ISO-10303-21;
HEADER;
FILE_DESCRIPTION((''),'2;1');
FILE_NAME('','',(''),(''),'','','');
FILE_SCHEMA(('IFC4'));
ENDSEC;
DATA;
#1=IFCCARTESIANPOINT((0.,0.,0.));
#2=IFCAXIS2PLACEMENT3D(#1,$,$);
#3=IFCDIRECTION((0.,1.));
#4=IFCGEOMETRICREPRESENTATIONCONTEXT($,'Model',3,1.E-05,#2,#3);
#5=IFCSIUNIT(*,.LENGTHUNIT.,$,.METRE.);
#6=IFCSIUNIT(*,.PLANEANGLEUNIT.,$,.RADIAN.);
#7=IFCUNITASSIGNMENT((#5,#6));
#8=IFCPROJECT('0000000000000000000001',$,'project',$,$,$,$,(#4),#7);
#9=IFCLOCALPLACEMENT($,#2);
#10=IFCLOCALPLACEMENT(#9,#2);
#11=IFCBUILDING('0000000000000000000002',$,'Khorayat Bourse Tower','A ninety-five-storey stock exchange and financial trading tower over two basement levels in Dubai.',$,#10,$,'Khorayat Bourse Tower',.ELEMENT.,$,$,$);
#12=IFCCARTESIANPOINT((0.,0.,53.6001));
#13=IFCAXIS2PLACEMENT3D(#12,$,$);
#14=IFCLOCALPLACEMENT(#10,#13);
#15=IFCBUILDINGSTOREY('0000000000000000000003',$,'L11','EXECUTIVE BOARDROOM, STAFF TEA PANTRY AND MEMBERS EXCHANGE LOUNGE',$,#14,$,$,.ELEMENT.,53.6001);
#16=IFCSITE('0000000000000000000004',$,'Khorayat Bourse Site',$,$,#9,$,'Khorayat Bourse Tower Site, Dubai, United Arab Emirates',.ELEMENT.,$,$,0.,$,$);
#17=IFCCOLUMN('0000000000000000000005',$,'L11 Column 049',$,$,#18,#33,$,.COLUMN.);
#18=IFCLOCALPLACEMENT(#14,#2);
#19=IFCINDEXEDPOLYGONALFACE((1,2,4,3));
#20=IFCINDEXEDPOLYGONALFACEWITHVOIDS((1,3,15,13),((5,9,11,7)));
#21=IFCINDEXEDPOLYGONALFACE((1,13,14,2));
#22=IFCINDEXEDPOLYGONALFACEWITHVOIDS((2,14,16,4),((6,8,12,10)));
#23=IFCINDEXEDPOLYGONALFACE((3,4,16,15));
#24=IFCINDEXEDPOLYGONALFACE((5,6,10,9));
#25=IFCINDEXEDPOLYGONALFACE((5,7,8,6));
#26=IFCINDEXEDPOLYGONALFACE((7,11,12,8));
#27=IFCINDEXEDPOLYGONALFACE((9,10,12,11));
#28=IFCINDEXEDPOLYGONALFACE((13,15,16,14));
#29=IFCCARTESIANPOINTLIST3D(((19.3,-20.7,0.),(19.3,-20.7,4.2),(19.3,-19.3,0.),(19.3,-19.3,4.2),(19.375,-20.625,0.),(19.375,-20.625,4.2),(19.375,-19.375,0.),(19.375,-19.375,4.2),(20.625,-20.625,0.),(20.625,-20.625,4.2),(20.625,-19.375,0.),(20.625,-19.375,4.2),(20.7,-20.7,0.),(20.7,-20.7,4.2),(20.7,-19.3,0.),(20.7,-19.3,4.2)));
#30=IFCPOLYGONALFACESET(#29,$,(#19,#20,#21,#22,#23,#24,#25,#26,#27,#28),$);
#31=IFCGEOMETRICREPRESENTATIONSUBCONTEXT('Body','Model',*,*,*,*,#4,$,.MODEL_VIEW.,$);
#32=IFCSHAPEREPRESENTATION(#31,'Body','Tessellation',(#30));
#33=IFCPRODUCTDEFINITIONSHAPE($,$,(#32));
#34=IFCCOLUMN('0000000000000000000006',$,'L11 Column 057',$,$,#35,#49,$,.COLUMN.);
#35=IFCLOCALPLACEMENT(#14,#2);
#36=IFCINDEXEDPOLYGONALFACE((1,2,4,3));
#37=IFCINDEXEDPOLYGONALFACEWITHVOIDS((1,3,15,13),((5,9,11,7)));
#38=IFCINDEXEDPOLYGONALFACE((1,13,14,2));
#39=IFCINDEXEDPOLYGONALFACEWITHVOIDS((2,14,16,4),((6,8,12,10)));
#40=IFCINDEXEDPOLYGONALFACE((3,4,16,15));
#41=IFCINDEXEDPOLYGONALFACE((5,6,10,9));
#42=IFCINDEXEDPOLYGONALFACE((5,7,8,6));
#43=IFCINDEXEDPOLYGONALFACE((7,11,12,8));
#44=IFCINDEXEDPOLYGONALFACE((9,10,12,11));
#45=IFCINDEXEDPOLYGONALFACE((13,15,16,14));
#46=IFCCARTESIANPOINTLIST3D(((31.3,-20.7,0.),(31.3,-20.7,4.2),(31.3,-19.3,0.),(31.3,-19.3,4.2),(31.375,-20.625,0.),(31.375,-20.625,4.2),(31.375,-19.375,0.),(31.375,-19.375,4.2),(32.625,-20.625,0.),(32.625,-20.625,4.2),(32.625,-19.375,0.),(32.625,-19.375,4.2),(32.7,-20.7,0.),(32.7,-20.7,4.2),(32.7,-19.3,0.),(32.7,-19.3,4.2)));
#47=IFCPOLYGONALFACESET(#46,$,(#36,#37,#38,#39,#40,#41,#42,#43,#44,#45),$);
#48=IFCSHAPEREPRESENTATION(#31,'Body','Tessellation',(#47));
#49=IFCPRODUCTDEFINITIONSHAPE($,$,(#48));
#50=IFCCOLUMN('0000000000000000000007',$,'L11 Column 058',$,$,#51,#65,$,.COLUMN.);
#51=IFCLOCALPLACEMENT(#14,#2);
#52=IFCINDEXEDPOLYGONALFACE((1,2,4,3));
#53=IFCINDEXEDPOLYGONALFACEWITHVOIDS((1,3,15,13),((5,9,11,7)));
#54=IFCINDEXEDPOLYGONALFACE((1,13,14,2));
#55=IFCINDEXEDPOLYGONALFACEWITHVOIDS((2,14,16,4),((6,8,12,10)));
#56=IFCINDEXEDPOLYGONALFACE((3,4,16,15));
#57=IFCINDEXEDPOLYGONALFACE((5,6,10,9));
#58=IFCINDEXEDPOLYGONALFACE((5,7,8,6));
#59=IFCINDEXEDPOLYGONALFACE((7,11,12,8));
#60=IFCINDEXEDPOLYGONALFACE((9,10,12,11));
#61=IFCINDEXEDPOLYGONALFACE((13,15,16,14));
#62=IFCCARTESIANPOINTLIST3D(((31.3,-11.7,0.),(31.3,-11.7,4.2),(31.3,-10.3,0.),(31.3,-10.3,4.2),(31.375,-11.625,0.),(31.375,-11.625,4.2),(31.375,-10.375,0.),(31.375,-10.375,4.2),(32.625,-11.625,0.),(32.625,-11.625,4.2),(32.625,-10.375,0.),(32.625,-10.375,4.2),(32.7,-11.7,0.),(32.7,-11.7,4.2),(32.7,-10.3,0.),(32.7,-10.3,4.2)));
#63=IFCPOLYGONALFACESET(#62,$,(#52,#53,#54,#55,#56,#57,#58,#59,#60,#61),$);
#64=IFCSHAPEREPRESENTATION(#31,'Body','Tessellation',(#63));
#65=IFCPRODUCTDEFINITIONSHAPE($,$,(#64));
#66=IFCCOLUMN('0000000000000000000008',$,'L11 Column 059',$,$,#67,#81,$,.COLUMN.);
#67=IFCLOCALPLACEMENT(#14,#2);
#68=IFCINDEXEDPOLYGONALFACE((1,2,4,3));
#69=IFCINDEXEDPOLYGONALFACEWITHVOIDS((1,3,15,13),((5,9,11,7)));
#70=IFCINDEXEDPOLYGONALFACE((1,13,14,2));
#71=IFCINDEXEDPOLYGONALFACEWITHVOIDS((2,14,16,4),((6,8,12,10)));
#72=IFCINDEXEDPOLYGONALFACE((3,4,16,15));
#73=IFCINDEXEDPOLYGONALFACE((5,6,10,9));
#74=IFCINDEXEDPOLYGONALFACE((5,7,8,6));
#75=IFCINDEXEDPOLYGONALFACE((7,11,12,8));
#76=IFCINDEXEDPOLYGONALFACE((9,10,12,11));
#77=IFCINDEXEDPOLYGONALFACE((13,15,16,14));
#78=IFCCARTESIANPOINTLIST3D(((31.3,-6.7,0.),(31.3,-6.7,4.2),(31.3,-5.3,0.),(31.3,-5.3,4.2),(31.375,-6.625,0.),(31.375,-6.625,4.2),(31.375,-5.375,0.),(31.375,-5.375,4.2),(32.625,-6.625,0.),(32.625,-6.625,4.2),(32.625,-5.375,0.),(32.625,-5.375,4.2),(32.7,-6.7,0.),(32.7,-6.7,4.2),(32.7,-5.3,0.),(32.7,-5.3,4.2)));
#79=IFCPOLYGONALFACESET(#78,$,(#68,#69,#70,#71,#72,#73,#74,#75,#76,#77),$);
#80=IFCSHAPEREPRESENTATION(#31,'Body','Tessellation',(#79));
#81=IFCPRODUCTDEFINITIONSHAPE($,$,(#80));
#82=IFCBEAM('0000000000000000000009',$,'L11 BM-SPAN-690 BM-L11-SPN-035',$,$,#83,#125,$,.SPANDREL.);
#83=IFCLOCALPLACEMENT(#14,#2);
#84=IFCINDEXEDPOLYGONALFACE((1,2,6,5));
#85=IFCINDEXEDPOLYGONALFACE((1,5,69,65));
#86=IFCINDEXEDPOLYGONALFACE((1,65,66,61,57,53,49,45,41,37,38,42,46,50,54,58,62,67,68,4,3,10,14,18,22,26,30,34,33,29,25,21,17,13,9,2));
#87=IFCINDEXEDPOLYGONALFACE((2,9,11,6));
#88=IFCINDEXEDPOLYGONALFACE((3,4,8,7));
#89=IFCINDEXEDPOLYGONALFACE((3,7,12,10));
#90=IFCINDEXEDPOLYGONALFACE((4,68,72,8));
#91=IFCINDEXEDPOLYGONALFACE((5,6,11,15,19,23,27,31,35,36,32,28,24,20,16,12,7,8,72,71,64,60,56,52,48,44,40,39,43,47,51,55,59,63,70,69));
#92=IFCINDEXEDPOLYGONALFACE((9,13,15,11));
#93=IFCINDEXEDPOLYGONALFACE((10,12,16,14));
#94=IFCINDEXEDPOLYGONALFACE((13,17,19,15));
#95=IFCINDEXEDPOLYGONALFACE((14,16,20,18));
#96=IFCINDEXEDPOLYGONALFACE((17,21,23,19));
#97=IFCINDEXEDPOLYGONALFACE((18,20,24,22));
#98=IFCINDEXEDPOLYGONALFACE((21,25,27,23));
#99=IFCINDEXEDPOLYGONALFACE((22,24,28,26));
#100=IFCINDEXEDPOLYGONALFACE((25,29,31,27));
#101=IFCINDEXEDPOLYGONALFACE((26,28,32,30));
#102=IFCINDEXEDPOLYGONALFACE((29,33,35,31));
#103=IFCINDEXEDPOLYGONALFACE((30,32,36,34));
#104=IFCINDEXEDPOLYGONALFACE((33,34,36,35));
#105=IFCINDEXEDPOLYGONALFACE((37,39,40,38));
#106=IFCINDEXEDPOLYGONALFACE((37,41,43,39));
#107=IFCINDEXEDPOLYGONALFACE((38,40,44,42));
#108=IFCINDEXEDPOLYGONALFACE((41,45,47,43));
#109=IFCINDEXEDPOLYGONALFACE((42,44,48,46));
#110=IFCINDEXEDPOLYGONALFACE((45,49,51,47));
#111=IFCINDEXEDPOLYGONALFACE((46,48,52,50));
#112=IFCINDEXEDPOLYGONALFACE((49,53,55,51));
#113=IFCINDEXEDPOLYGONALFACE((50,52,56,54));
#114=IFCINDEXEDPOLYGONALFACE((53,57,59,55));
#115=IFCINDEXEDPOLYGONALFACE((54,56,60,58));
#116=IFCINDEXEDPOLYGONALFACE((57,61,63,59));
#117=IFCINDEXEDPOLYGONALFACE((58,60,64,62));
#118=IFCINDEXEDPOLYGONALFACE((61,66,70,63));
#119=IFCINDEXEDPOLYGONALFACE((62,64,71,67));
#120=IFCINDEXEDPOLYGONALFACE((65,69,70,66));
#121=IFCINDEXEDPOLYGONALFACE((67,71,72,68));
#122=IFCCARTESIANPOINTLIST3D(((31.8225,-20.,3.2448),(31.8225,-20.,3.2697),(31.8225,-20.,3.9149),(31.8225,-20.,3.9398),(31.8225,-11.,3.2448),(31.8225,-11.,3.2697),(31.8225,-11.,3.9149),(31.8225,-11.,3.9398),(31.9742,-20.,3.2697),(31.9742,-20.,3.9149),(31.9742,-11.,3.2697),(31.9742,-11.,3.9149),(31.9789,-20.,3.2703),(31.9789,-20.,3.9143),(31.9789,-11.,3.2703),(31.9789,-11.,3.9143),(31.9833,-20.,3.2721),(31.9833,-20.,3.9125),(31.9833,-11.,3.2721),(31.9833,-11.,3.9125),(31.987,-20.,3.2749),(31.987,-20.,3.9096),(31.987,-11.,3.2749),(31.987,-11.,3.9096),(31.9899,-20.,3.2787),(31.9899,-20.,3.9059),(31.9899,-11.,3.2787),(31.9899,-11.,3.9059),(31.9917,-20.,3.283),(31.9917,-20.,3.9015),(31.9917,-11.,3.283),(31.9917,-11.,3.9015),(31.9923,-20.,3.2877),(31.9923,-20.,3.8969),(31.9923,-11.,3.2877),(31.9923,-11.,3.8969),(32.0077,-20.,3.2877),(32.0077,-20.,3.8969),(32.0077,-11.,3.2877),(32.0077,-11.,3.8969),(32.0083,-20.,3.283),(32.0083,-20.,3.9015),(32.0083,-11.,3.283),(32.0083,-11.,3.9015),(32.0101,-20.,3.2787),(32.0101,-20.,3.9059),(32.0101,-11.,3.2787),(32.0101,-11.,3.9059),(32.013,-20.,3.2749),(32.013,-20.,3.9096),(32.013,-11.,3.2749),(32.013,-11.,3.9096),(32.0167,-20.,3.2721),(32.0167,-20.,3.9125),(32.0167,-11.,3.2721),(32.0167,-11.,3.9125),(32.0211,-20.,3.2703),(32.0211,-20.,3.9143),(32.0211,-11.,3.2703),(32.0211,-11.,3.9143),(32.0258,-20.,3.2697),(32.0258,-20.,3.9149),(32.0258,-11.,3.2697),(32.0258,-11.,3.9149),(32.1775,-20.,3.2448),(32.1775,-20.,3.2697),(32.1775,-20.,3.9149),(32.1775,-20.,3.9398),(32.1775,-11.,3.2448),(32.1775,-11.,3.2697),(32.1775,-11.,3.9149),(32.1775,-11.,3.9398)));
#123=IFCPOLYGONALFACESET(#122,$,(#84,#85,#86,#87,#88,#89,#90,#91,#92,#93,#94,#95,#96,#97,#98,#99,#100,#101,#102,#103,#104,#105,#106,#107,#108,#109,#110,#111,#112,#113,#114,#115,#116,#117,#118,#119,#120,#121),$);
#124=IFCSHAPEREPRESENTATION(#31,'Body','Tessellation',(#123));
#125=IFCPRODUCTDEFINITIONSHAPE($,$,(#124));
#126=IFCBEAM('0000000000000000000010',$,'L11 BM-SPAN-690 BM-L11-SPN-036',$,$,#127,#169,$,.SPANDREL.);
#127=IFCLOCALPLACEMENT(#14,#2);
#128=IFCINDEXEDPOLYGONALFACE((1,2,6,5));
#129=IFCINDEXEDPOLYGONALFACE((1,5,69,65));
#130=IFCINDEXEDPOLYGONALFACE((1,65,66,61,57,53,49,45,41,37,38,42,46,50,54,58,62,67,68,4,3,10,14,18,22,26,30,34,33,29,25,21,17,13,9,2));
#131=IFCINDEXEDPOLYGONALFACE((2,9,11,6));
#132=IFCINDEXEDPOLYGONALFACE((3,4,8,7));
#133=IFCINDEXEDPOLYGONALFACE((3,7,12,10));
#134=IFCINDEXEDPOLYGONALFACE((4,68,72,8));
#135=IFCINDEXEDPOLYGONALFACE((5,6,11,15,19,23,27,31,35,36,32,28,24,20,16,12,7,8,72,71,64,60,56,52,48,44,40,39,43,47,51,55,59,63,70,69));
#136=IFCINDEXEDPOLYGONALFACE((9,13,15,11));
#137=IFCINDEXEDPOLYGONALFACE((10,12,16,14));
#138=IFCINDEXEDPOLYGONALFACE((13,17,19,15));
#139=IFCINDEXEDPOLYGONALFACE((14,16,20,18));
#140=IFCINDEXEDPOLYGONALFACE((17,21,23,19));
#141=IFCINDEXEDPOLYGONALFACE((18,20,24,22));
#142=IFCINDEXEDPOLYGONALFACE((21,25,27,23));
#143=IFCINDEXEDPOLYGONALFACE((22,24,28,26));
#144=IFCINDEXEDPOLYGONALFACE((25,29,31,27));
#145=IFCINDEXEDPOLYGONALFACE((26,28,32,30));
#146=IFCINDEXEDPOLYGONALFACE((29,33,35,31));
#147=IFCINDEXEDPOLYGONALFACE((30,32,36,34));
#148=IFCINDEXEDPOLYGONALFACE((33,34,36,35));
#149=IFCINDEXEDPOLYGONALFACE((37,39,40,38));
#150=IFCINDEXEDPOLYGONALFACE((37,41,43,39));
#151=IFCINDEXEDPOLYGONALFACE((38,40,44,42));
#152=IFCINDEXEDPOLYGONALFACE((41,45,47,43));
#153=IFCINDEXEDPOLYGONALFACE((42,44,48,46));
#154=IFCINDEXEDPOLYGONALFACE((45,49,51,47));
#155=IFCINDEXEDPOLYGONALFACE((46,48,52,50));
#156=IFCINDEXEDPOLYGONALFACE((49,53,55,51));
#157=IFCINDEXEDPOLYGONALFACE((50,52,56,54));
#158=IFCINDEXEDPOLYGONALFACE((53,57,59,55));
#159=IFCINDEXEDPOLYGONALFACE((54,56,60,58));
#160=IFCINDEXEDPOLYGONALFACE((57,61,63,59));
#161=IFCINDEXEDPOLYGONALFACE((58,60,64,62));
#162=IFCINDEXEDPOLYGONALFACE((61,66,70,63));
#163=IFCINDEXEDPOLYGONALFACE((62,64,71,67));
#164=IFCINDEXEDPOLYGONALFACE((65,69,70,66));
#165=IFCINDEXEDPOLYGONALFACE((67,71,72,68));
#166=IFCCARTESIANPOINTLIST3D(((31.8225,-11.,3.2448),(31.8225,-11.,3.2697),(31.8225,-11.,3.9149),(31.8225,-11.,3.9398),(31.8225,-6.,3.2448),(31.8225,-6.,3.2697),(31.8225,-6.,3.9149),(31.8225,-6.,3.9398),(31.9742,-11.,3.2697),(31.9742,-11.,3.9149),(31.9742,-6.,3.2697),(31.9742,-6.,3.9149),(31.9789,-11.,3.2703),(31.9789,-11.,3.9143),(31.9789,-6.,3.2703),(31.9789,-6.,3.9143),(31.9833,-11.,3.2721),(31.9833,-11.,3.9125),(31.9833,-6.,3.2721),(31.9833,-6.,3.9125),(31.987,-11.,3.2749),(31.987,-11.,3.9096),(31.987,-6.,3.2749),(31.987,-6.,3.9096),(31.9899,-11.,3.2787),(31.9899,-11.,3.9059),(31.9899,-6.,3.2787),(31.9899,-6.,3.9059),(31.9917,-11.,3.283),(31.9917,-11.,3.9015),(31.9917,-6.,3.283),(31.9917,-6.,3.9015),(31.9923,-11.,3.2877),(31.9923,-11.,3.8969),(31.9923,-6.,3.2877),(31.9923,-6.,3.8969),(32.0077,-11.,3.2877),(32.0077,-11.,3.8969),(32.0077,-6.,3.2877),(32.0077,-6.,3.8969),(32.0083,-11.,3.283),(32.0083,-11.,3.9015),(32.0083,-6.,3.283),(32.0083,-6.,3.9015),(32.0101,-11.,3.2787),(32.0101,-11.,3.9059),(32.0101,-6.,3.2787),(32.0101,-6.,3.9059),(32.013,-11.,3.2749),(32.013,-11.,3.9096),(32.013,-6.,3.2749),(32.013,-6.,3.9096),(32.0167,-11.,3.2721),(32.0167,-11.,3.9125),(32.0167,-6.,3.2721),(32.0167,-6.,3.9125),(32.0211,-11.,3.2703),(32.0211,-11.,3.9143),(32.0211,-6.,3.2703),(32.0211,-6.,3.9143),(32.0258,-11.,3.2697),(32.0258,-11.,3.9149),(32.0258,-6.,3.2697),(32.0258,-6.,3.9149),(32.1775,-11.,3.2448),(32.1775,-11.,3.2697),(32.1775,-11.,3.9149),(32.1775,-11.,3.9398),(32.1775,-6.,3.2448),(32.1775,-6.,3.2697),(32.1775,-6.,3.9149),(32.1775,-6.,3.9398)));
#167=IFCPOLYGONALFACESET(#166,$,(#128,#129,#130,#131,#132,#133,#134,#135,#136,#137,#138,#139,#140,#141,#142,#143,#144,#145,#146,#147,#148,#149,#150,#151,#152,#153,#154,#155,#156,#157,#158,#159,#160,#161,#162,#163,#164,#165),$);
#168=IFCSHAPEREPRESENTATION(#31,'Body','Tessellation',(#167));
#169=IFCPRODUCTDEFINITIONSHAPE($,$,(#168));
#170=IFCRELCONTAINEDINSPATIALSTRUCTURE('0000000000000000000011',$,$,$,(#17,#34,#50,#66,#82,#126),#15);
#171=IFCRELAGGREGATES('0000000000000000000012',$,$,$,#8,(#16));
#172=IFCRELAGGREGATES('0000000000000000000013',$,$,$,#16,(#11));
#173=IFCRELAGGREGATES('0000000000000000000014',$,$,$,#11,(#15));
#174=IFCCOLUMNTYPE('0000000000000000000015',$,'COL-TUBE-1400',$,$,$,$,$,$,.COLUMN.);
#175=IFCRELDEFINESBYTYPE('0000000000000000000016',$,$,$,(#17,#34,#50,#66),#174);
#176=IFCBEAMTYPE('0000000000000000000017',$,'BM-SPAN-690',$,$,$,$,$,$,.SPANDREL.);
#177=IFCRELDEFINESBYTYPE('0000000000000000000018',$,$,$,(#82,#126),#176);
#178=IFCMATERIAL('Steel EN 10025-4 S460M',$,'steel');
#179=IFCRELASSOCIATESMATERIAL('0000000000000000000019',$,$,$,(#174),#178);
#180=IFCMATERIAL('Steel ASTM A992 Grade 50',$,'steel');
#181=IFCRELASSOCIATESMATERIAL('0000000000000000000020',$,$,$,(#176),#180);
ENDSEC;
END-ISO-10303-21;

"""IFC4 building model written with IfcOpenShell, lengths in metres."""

from ifc_helpers import new_model, si_unit, direction, frame, origin, origin_2d, place, context, subcontext, project, spatial, hollow_rectangle, i_section, extrude, source, transform, mapped, material, material_profile, profile_set, type_object, element, save


model = new_model("IFC4")

# Units and contexts
model_context = context("Model", 3, precision=1e-05, world=origin(), true_north=direction((0.0, 1.0)))
body_context = subcontext(model_context, "Body", "Model", "MODEL_VIEW")
ifc_project = project(units=[si_unit("LENGTHUNIT", "METRE"), si_unit("PLANEANGLEUNIT", "RADIAN")], contexts=[model_context])

# Site, building, storey
site_placement = place(None, origin())
site = spatial("IfcSite", under=ifc_project, at=site_placement, Name="Khorayat Bourse Site", LongName="Khorayat Bourse Tower Site, Dubai, United Arab Emirates", CompositionType="ELEMENT", RefElevation=0.0)
building_placement = place(site_placement, origin())
building = spatial("IfcBuilding", under=site, at=building_placement, Name="Khorayat Bourse Tower", Description="A ninety-five-storey stock exchange and financial trading tower over two basement levels in Dubai.", LongName="Khorayat Bourse Tower", CompositionType="ELEMENT")
storey_placement = place(building_placement, frame((0.0, 0.0, 53.6001)))
storey = spatial("IfcBuildingStorey", under=building, at=storey_placement, Name="L11", Description="EXECUTIVE BOARDROOM, STAFF TEA PANTRY AND MEMBERS EXCHANGE LOUNGE", CompositionType="ELEMENT", Elevation=53.6001)

# Columns
ifc_material_1 = material(Name="Steel EN 10025-4 S460M", Category="steel")
ifc_material_profile_1 = material_profile(ifc_material_1, hollow_rectangle(XDim=1.3999, YDim=1.3999, WallThickness=0.075, at=origin_2d()), Name="BOX 1400x1400x75")
ifc_profile_set_1 = profile_set([ifc_material_profile_1], Name="Steel EN 10025-4 S460M")
column_type = type_object("IfcColumnType", Name="COL-TUBE-1400", PredefinedType="COLUMN", material=ifc_profile_set_1)
shared_shape_1 = source(origin(), body_context, "Body", "SweptSolid", [
    extrude(hollow_rectangle(XDim=1.3999, YDim=1.3999, WallThickness=0.075, at=origin_2d()), origin(), (0.0, 0.0, 1.0), 4.2),
])
for number, where, z_axis, x_axis, name in (
    (1, (20.0, -20.0, 0.0), (0.0, 0.0, 1.0), (1.0, 0.0, 0.0), "L11 Column 049"),
    (2, (32.0, -20.0, 0.0), (0.0, 0.0, 1.0), (1.0, 0.0, 0.0), "L11 Column 057"),
    (3, (32.0, -11.0, 0.0), (0.0, 0.0, 1.0), (1.0, 0.0, 0.0), "L11 Column 058"),
    (4, (32.0, -6.0, 0.0), (0.0, 0.0, 1.0), (1.0, 0.0, 0.0), "L11 Column 059"),
):
    element("IfcColumn", number, at=place(storey_placement, frame(where, z_axis=z_axis, x_axis=x_axis)), inside=storey, type_object=column_type, Name=name, PredefinedType="COLUMN", context=body_context, shape_type="MappedRepresentation", body=[
        mapped(shared_shape_1, transform((0.0, 0.0, 0.0), scale=1.0)),
    ])

# Beams
ifc_material_2 = material(Name="Steel ASTM A992 Grade 50", Category="steel")
ifc_material_profile_2 = material_profile(ifc_material_2, i_section(OverallWidth=0.355, OverallDepth=0.6951, WebThickness=0.0154, FlangeThickness=0.0249, FilletRadius=0.0181, at=origin_2d()), Name="W690X217")
ifc_profile_set_2 = profile_set([ifc_material_profile_2], Name="Steel ASTM A992 Grade 50")
beam_type_1 = type_object("IfcBeamType", Name="BM-SPAN-690", PredefinedType="SPANDREL", material=ifc_profile_set_2)
shared_shape_2 = source(origin(), body_context, "Body", "SweptSolid", [
    extrude(i_section(OverallWidth=0.355, OverallDepth=0.6951, WebThickness=0.0154, FlangeThickness=0.0249, FilletRadius=0.0181, at=origin_2d()), origin(), (0.0, 0.0, 1.0), 9.0),
])
beam_1_placement = place(storey_placement, frame((32.0, -20.0, 3.5923), z_axis=(0.0, 1.0, 0.0), x_axis=(-1.0, 0.0, 0.0)))
element("IfcBeam", 5, at=beam_1_placement, inside=storey, type_object=beam_type_1, Name="L11 BM-SPAN-690 BM-L11-SPN-035", PredefinedType="SPANDREL", context=body_context, shape_type="MappedRepresentation", body=[
    mapped(shared_shape_2, transform((0.0, 0.0, 0.0), scale=1.0)),
])
shared_shape_3 = source(origin(), body_context, "Body", "SweptSolid", [
    extrude(i_section(OverallWidth=0.355, OverallDepth=0.6951, WebThickness=0.0154, FlangeThickness=0.0249, FilletRadius=0.0181, at=origin_2d()), origin(), (0.0, 0.0, 1.0), 5.0),
])
beam_2_placement = place(storey_placement, frame((32.0, -11.0, 3.5923), z_axis=(0.0, 1.0, 0.0), x_axis=(-1.0, 0.0, 0.0)))
element("IfcBeam", 6, at=beam_2_placement, inside=storey, type_object=beam_type_1, Name="L11 BM-SPAN-690 BM-L11-SPN-036", PredefinedType="SPANDREL", context=body_context, shape_type="MappedRepresentation", body=[
    mapped(shared_shape_3, transform((0.0, 0.0, 0.0), scale=1.0)),
])

save(model, "model.ifc")
